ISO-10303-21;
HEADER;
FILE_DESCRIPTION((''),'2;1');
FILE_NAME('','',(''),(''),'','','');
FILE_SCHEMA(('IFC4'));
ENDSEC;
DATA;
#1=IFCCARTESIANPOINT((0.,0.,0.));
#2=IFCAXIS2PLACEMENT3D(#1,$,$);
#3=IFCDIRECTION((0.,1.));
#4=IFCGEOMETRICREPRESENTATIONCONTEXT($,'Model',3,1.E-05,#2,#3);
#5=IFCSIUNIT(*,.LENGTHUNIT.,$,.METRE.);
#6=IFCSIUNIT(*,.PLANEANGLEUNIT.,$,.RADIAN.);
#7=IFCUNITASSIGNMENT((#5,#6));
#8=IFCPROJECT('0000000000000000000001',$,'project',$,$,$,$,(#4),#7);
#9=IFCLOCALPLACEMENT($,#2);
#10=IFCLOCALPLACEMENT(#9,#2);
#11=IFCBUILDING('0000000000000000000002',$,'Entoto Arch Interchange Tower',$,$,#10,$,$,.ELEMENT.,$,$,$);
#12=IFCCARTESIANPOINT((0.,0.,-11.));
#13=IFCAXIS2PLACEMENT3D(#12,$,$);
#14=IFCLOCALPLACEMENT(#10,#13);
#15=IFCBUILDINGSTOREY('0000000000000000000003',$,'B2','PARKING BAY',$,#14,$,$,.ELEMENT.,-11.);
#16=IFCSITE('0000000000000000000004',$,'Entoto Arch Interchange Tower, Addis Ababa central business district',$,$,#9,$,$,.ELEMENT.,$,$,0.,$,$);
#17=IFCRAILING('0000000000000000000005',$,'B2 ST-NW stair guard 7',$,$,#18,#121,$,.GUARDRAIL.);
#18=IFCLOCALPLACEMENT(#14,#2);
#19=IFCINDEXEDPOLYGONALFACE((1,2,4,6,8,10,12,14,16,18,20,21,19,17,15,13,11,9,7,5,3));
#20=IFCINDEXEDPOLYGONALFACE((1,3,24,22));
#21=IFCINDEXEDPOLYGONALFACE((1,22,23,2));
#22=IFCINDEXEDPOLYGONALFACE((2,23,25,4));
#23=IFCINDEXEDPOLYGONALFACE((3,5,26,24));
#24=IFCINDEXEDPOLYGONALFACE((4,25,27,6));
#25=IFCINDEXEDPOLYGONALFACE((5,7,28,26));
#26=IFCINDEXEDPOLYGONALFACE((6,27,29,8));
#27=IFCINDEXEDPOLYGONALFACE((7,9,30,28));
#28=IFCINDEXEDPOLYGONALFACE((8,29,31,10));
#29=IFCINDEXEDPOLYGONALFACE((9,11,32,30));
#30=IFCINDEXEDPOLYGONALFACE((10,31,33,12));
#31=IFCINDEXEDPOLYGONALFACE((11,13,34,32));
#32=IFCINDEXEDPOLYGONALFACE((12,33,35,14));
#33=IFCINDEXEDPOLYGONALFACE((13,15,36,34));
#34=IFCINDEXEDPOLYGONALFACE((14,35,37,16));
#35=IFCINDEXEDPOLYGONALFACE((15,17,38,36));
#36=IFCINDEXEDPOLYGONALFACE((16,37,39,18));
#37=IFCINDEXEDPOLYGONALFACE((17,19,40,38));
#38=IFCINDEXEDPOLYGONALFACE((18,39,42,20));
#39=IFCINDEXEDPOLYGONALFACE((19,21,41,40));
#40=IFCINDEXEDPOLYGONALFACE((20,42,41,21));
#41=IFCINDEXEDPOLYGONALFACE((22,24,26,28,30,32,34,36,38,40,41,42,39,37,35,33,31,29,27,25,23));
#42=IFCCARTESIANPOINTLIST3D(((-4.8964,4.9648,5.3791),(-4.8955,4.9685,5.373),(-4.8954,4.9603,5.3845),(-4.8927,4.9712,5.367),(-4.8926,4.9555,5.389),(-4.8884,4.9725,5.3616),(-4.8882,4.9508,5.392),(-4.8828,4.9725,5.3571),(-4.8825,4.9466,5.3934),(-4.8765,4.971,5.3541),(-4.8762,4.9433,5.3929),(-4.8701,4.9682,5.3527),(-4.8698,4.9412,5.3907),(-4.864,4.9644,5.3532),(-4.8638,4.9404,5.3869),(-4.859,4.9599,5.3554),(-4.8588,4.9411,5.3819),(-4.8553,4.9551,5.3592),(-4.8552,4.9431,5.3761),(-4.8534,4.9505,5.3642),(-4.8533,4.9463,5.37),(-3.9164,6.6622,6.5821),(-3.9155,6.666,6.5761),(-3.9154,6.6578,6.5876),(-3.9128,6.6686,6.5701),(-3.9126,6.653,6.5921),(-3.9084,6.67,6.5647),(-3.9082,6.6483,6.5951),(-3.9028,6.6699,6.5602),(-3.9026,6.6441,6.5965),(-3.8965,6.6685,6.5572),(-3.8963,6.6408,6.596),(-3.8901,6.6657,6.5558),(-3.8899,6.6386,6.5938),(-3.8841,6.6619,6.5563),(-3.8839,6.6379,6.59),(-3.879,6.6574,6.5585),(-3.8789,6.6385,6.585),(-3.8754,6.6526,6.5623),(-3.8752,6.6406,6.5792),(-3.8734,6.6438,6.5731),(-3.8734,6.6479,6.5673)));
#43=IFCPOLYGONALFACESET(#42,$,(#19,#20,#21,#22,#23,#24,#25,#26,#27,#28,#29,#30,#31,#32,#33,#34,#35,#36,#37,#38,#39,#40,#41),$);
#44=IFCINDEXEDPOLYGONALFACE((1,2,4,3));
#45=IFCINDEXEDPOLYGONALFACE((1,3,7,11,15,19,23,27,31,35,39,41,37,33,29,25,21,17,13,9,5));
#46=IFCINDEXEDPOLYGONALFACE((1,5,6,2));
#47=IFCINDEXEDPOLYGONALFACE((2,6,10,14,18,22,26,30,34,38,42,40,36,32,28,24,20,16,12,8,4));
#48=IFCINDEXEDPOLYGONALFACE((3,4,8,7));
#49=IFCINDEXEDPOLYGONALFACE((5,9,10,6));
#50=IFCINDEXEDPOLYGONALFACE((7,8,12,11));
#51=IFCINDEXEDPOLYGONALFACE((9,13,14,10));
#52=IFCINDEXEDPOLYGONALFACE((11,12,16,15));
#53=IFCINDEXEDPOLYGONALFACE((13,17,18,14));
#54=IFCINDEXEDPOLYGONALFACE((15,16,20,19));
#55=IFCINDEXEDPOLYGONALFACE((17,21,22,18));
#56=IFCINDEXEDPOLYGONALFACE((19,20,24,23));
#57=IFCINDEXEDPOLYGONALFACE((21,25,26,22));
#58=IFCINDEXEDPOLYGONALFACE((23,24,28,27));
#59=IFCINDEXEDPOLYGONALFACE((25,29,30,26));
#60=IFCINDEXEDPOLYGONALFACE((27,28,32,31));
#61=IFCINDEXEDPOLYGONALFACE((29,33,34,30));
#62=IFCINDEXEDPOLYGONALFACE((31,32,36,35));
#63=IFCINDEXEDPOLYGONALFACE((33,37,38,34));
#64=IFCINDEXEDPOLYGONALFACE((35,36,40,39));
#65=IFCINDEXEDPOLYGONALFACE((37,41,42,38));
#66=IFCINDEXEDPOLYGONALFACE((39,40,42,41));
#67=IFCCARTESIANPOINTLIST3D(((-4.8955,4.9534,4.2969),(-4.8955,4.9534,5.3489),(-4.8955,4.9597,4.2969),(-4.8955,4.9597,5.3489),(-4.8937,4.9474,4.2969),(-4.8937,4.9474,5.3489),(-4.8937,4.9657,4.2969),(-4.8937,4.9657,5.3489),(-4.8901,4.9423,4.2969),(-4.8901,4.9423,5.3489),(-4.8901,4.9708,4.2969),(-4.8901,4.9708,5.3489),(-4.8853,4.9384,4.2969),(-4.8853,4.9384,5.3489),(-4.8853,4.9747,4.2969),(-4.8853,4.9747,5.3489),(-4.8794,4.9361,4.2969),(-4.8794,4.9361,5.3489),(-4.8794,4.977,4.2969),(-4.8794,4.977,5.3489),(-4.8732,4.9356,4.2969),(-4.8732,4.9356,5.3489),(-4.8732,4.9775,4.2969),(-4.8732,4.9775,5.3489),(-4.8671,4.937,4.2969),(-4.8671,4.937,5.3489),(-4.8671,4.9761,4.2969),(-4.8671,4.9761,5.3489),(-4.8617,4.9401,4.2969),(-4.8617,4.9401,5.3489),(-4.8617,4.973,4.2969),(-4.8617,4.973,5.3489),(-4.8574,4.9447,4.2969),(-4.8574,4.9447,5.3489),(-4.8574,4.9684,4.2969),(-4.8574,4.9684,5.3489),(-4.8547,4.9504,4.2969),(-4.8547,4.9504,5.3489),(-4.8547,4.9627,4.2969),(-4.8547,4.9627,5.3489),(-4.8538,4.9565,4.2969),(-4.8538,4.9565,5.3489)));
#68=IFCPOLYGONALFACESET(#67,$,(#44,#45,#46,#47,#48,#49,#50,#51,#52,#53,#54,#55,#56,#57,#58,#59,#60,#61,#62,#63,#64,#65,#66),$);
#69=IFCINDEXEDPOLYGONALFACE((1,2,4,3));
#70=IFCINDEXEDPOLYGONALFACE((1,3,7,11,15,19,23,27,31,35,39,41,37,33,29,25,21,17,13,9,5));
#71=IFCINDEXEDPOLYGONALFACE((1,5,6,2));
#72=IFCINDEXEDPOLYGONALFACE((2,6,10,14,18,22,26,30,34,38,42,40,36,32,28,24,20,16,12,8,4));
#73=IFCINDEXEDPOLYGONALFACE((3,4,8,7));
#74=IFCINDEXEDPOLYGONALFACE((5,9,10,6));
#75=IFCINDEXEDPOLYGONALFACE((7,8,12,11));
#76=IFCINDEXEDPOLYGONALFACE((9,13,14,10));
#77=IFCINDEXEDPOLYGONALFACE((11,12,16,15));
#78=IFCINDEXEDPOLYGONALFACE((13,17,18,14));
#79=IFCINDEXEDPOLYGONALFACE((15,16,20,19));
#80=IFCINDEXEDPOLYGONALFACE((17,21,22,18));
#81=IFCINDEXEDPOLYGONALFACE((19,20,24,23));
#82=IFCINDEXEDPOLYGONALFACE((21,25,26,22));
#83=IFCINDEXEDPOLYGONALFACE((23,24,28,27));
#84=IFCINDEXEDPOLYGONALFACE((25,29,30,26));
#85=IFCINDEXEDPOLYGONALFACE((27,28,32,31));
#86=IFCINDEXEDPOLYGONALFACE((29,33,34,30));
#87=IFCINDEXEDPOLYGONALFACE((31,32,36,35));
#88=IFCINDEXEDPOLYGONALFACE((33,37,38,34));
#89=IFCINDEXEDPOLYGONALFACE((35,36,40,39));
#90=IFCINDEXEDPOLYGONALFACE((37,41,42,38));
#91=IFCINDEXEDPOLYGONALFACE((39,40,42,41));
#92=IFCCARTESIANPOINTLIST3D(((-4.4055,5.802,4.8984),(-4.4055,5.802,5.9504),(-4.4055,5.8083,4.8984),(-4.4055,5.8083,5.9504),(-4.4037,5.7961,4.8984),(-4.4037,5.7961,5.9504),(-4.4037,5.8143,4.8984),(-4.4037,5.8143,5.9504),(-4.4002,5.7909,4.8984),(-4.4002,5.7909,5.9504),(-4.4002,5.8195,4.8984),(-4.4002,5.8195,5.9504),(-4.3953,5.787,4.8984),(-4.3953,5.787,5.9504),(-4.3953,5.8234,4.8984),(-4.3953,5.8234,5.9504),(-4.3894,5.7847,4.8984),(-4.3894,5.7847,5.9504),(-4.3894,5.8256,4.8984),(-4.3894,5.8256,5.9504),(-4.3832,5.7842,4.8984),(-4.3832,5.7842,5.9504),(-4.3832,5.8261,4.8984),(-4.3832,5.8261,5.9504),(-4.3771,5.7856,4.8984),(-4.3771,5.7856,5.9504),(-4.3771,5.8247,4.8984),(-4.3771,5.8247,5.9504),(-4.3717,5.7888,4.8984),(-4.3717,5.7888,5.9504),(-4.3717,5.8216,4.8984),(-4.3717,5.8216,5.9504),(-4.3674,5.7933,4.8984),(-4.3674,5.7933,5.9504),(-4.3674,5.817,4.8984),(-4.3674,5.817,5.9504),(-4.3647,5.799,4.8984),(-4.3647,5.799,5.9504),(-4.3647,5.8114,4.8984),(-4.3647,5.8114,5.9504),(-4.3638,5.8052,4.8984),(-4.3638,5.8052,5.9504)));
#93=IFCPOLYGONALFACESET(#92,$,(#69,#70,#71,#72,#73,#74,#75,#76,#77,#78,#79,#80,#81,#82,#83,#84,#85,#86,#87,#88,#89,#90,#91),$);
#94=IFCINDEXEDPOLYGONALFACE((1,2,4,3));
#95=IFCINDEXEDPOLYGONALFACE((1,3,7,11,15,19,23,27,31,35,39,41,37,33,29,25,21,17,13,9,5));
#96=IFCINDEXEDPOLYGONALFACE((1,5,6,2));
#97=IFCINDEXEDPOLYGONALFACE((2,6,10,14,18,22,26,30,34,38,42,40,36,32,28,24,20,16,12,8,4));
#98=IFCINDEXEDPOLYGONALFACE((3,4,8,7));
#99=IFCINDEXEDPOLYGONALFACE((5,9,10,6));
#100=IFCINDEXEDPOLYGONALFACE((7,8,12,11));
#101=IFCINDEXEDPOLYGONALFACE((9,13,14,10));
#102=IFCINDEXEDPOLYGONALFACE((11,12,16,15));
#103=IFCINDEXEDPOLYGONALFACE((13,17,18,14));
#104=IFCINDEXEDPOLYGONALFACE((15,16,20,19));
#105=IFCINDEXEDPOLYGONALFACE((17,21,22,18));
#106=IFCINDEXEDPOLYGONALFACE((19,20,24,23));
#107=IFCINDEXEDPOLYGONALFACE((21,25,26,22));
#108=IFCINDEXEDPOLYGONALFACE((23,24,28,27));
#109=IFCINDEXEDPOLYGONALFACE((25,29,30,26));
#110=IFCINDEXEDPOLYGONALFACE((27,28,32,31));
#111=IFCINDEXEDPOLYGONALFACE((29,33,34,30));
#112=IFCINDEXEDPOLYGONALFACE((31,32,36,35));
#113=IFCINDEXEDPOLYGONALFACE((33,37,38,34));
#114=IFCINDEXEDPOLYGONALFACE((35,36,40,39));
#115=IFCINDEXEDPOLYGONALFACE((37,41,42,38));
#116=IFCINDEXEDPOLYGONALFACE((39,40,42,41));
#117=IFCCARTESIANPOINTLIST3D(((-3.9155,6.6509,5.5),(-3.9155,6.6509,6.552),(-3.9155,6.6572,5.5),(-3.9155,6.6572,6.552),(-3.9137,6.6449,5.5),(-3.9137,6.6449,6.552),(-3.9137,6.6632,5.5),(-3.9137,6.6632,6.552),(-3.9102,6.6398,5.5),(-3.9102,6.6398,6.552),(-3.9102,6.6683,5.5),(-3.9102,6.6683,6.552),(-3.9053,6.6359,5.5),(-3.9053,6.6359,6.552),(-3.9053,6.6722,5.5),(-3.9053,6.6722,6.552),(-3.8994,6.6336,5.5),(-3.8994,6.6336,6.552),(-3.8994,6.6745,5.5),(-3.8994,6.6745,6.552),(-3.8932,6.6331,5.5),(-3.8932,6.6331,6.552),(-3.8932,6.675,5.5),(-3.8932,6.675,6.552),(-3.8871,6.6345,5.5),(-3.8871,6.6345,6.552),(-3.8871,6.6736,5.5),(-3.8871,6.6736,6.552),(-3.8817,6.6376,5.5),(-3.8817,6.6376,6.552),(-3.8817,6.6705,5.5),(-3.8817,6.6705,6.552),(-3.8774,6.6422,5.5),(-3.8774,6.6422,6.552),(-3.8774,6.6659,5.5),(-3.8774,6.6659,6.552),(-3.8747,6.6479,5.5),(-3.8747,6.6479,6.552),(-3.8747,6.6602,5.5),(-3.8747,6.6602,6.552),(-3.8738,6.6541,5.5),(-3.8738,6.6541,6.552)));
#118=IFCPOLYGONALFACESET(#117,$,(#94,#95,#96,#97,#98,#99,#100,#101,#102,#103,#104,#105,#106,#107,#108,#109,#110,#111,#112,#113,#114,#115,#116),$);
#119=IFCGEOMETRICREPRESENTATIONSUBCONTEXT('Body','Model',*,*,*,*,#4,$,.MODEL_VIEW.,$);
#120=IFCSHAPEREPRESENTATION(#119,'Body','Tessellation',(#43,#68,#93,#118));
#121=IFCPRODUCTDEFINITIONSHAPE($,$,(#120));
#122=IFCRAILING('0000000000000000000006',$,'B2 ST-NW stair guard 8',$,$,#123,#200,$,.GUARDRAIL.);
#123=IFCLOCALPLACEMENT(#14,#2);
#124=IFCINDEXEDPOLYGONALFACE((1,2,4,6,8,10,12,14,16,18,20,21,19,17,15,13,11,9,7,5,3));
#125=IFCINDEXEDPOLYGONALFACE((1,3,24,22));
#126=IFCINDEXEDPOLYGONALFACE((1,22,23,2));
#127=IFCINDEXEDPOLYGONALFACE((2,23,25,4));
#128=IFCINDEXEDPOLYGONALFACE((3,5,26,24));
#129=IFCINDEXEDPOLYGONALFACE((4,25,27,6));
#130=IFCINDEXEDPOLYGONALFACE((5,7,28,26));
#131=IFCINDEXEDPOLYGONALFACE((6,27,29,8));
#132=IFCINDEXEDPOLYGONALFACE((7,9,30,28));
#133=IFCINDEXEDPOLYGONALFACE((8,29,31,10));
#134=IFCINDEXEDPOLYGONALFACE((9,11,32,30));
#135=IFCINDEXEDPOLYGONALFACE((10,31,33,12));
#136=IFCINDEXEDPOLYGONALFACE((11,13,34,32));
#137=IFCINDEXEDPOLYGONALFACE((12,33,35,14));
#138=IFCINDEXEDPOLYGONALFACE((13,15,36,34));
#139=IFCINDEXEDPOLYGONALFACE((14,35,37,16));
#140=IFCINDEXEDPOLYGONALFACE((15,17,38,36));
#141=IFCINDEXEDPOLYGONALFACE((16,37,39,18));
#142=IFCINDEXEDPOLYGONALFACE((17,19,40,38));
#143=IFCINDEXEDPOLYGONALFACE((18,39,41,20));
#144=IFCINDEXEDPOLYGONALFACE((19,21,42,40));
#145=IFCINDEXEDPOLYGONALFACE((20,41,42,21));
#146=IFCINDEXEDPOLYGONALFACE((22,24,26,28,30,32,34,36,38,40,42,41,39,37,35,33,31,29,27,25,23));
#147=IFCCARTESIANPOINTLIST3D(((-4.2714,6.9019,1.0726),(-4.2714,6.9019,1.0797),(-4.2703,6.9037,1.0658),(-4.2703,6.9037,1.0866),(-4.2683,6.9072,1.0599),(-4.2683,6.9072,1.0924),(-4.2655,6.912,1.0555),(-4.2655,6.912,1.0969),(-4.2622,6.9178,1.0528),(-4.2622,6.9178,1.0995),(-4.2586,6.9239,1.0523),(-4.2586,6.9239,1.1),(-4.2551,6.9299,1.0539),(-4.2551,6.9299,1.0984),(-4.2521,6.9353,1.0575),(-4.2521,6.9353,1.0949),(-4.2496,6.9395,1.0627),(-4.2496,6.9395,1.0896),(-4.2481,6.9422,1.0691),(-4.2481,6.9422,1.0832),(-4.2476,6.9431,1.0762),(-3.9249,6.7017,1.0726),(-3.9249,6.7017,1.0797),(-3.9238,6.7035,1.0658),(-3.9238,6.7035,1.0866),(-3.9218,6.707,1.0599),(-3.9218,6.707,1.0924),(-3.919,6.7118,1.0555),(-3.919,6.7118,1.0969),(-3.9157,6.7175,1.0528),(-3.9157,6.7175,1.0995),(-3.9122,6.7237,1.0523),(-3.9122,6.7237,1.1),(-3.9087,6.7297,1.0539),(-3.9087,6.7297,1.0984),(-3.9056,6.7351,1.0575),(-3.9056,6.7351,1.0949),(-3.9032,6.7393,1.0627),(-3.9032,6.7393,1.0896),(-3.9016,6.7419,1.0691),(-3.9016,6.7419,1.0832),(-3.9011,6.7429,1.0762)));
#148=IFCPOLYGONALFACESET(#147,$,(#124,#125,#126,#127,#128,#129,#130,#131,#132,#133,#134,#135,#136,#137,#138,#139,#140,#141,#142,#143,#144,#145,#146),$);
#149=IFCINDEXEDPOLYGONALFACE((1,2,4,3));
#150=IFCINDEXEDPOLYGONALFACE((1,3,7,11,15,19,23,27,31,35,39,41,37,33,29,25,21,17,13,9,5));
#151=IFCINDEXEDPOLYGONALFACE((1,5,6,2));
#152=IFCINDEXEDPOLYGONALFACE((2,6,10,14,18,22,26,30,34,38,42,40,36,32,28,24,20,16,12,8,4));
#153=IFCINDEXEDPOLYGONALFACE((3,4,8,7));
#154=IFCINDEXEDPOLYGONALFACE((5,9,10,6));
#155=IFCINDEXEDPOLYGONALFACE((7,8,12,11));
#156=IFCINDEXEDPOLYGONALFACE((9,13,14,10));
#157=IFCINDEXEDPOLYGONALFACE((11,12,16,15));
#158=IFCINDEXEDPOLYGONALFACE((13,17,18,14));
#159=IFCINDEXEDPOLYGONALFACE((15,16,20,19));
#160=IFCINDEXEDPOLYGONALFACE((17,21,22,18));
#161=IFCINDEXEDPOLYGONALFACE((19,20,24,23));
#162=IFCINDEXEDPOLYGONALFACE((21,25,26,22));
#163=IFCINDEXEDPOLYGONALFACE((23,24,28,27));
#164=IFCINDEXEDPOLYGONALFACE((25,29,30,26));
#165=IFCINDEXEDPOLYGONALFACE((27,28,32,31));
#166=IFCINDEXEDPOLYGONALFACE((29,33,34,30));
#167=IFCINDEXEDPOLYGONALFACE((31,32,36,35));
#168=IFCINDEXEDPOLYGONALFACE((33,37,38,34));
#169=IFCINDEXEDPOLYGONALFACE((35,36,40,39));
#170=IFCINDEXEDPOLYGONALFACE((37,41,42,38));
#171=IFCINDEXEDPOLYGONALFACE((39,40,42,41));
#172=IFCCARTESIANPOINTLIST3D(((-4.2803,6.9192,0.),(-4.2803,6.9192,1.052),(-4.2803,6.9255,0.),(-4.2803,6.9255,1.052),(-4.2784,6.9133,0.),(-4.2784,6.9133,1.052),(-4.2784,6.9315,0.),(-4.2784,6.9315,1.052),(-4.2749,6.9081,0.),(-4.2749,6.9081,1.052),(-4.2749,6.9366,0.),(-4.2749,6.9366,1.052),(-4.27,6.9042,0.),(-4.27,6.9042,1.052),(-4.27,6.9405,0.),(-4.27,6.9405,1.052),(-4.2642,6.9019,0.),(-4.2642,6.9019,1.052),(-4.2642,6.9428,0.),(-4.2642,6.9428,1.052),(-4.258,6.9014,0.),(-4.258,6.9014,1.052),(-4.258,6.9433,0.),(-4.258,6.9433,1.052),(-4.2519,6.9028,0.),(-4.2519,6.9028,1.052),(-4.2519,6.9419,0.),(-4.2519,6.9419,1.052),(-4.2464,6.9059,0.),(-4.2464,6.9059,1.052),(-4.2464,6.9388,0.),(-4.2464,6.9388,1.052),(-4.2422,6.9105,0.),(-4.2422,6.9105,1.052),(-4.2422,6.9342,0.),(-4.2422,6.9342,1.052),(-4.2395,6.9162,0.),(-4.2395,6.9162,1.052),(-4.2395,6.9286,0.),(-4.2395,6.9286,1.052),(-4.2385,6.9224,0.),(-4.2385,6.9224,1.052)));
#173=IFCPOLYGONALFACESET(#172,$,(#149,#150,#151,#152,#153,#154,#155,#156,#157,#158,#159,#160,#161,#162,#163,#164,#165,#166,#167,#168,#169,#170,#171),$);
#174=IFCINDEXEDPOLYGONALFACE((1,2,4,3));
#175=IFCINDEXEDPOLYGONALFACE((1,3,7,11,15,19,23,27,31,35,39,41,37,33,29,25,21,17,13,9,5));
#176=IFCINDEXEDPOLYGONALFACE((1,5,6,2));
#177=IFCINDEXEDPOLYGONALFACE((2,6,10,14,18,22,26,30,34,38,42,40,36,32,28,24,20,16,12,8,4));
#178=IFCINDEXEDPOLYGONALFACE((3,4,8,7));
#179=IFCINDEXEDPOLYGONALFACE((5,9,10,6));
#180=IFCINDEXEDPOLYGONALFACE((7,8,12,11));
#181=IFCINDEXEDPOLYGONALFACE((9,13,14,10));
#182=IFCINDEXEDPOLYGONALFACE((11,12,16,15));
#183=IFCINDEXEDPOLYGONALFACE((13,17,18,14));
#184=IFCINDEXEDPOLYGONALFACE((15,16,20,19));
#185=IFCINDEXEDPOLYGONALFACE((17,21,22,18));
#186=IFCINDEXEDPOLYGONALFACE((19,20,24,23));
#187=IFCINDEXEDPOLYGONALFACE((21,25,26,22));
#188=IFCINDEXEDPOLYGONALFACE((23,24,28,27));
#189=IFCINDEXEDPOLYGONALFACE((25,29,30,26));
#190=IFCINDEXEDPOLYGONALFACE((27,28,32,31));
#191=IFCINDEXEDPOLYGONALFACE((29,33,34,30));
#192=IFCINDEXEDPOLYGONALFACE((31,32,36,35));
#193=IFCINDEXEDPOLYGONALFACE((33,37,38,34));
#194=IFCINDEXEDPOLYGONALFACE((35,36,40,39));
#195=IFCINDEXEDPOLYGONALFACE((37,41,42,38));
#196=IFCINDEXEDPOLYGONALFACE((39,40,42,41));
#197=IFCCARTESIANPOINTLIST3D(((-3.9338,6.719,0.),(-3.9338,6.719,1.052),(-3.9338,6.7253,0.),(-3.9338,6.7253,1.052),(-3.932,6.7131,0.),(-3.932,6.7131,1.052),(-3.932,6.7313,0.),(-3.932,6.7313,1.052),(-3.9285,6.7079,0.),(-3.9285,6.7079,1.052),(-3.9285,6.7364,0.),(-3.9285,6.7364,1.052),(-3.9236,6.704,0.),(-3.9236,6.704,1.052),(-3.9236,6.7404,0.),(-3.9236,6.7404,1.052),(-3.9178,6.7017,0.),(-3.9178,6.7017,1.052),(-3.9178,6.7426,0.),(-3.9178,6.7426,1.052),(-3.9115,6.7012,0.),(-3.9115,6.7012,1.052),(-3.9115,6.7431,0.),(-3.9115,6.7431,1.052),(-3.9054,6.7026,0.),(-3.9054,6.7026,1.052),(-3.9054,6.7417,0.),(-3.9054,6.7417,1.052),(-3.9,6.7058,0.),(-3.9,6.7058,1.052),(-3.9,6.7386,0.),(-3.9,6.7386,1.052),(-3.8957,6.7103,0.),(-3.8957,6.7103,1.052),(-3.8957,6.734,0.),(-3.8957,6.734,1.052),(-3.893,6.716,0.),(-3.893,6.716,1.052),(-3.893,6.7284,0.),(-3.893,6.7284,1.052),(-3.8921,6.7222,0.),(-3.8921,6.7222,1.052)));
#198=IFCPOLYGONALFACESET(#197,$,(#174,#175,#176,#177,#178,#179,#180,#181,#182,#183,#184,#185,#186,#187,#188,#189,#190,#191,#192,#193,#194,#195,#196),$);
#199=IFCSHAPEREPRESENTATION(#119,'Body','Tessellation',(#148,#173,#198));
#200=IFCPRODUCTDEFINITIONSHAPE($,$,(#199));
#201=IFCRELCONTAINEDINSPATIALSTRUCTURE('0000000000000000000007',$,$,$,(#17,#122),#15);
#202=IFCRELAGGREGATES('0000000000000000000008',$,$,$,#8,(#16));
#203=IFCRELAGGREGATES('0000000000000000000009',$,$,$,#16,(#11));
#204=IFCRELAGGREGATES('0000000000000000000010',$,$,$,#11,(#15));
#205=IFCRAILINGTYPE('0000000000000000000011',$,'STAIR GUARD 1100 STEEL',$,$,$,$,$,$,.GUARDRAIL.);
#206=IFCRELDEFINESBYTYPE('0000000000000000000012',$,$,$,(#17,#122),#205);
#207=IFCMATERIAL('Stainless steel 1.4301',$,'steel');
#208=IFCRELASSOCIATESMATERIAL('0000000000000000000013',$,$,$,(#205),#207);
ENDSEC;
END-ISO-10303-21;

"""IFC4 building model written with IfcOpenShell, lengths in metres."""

from ifc_helpers import new_model, si_unit, direction, frame, origin, origin_2d, place, context, subcontext, project, spatial, circle, extrude, material, type_object, element, save


model = new_model("IFC4")

# Units and contexts
model_context = context("Model", 3, precision=1e-05, world=origin(), true_north=direction((0.0, 1.0)))
body_context = subcontext(model_context, "Body", "Model", "MODEL_VIEW")
ifc_project = project(units=[si_unit("LENGTHUNIT", "METRE"), si_unit("PLANEANGLEUNIT", "RADIAN")], contexts=[model_context])

# Site, building, storey
site_placement = place(None, origin())
site = spatial("IfcSite", under=ifc_project, at=site_placement, Name="Entoto Arch Interchange Tower, Addis Ababa central business district", CompositionType="ELEMENT", RefElevation=0.0)
building_placement = place(site_placement, origin())
building = spatial("IfcBuilding", under=site, at=building_placement, Name="Entoto Arch Interchange Tower", CompositionType="ELEMENT")
storey_placement = place(building_placement, frame((0.0, 0.0, -11.0)))
storey = spatial("IfcBuildingStorey", under=building, at=storey_placement, Name="B2", Description="PARKING BAY", CompositionType="ELEMENT", Elevation=-11.0)

# Railings
ifc_material_1 = material(Name="Stainless steel 1.4301", Category="steel")
railing_type_1 = type_object("IfcRailingType", Name="STAIR GUARD 1100 STEEL", PredefinedType="GUARDRAIL", material=ifc_material_1)
railing_1_placement = place(storey_placement, frame((-4.8748, 4.9565, 4.2969)))
element("IfcRailing", 1, at=railing_1_placement, inside=storey, type_object=railing_type_1, Name="B2 ST-NW stair guard 7", PredefinedType="GUARDRAIL", context=body_context, shape_type="SweptSolid", body=[
    extrude(circle(Radius=0.0239, at=origin_2d()), frame((0.0, 0.0, 1.0762), z_axis=(0.426102, 0.738089, 0.523127), x_axis=(-0.866042, 0.49997, 0.0)), (0.0, 0.0, 1.0), 2.2998),
    extrude(circle(Radius=0.021, at=origin_2d()), origin(), (0.0, 0.0, 1.0), 1.052),
    extrude(circle(Radius=0.021, at=origin_2d()), frame((0.49, 0.8486, 0.6016)), (0.0, 0.0, 1.0), 1.052),
    extrude(circle(Radius=0.021, at=origin_2d()), frame((0.98, 1.6975, 1.2031)), (0.0, 0.0, 1.0), 1.052),
])
railing_2_placement = place(storey_placement, frame((-4.2595, 6.9224, 0.0)))
element("IfcRailing", 2, at=railing_2_placement, inside=storey, type_object=railing_type_1, Name="B2 ST-NW stair guard 8", PredefinedType="GUARDRAIL", context=body_context, shape_type="SweptSolid", body=[
    extrude(circle(Radius=0.0239, at=origin_2d()), frame((0.0, 0.0, 1.0762), z_axis=(0.86583, -0.500339, 0.0), x_axis=(0.500339, 0.86583, 0.0)), (0.0, 0.0, 1.0), 0.4001),
    extrude(circle(Radius=0.021, at=origin_2d()), origin(), (0.0, 0.0, 1.0), 1.052),
    extrude(circle(Radius=0.021, at=origin_2d()), frame((0.3464, -0.2002, 0.0)), (0.0, 0.0, 1.0), 1.052),
])

save(model, "model.ifc")
